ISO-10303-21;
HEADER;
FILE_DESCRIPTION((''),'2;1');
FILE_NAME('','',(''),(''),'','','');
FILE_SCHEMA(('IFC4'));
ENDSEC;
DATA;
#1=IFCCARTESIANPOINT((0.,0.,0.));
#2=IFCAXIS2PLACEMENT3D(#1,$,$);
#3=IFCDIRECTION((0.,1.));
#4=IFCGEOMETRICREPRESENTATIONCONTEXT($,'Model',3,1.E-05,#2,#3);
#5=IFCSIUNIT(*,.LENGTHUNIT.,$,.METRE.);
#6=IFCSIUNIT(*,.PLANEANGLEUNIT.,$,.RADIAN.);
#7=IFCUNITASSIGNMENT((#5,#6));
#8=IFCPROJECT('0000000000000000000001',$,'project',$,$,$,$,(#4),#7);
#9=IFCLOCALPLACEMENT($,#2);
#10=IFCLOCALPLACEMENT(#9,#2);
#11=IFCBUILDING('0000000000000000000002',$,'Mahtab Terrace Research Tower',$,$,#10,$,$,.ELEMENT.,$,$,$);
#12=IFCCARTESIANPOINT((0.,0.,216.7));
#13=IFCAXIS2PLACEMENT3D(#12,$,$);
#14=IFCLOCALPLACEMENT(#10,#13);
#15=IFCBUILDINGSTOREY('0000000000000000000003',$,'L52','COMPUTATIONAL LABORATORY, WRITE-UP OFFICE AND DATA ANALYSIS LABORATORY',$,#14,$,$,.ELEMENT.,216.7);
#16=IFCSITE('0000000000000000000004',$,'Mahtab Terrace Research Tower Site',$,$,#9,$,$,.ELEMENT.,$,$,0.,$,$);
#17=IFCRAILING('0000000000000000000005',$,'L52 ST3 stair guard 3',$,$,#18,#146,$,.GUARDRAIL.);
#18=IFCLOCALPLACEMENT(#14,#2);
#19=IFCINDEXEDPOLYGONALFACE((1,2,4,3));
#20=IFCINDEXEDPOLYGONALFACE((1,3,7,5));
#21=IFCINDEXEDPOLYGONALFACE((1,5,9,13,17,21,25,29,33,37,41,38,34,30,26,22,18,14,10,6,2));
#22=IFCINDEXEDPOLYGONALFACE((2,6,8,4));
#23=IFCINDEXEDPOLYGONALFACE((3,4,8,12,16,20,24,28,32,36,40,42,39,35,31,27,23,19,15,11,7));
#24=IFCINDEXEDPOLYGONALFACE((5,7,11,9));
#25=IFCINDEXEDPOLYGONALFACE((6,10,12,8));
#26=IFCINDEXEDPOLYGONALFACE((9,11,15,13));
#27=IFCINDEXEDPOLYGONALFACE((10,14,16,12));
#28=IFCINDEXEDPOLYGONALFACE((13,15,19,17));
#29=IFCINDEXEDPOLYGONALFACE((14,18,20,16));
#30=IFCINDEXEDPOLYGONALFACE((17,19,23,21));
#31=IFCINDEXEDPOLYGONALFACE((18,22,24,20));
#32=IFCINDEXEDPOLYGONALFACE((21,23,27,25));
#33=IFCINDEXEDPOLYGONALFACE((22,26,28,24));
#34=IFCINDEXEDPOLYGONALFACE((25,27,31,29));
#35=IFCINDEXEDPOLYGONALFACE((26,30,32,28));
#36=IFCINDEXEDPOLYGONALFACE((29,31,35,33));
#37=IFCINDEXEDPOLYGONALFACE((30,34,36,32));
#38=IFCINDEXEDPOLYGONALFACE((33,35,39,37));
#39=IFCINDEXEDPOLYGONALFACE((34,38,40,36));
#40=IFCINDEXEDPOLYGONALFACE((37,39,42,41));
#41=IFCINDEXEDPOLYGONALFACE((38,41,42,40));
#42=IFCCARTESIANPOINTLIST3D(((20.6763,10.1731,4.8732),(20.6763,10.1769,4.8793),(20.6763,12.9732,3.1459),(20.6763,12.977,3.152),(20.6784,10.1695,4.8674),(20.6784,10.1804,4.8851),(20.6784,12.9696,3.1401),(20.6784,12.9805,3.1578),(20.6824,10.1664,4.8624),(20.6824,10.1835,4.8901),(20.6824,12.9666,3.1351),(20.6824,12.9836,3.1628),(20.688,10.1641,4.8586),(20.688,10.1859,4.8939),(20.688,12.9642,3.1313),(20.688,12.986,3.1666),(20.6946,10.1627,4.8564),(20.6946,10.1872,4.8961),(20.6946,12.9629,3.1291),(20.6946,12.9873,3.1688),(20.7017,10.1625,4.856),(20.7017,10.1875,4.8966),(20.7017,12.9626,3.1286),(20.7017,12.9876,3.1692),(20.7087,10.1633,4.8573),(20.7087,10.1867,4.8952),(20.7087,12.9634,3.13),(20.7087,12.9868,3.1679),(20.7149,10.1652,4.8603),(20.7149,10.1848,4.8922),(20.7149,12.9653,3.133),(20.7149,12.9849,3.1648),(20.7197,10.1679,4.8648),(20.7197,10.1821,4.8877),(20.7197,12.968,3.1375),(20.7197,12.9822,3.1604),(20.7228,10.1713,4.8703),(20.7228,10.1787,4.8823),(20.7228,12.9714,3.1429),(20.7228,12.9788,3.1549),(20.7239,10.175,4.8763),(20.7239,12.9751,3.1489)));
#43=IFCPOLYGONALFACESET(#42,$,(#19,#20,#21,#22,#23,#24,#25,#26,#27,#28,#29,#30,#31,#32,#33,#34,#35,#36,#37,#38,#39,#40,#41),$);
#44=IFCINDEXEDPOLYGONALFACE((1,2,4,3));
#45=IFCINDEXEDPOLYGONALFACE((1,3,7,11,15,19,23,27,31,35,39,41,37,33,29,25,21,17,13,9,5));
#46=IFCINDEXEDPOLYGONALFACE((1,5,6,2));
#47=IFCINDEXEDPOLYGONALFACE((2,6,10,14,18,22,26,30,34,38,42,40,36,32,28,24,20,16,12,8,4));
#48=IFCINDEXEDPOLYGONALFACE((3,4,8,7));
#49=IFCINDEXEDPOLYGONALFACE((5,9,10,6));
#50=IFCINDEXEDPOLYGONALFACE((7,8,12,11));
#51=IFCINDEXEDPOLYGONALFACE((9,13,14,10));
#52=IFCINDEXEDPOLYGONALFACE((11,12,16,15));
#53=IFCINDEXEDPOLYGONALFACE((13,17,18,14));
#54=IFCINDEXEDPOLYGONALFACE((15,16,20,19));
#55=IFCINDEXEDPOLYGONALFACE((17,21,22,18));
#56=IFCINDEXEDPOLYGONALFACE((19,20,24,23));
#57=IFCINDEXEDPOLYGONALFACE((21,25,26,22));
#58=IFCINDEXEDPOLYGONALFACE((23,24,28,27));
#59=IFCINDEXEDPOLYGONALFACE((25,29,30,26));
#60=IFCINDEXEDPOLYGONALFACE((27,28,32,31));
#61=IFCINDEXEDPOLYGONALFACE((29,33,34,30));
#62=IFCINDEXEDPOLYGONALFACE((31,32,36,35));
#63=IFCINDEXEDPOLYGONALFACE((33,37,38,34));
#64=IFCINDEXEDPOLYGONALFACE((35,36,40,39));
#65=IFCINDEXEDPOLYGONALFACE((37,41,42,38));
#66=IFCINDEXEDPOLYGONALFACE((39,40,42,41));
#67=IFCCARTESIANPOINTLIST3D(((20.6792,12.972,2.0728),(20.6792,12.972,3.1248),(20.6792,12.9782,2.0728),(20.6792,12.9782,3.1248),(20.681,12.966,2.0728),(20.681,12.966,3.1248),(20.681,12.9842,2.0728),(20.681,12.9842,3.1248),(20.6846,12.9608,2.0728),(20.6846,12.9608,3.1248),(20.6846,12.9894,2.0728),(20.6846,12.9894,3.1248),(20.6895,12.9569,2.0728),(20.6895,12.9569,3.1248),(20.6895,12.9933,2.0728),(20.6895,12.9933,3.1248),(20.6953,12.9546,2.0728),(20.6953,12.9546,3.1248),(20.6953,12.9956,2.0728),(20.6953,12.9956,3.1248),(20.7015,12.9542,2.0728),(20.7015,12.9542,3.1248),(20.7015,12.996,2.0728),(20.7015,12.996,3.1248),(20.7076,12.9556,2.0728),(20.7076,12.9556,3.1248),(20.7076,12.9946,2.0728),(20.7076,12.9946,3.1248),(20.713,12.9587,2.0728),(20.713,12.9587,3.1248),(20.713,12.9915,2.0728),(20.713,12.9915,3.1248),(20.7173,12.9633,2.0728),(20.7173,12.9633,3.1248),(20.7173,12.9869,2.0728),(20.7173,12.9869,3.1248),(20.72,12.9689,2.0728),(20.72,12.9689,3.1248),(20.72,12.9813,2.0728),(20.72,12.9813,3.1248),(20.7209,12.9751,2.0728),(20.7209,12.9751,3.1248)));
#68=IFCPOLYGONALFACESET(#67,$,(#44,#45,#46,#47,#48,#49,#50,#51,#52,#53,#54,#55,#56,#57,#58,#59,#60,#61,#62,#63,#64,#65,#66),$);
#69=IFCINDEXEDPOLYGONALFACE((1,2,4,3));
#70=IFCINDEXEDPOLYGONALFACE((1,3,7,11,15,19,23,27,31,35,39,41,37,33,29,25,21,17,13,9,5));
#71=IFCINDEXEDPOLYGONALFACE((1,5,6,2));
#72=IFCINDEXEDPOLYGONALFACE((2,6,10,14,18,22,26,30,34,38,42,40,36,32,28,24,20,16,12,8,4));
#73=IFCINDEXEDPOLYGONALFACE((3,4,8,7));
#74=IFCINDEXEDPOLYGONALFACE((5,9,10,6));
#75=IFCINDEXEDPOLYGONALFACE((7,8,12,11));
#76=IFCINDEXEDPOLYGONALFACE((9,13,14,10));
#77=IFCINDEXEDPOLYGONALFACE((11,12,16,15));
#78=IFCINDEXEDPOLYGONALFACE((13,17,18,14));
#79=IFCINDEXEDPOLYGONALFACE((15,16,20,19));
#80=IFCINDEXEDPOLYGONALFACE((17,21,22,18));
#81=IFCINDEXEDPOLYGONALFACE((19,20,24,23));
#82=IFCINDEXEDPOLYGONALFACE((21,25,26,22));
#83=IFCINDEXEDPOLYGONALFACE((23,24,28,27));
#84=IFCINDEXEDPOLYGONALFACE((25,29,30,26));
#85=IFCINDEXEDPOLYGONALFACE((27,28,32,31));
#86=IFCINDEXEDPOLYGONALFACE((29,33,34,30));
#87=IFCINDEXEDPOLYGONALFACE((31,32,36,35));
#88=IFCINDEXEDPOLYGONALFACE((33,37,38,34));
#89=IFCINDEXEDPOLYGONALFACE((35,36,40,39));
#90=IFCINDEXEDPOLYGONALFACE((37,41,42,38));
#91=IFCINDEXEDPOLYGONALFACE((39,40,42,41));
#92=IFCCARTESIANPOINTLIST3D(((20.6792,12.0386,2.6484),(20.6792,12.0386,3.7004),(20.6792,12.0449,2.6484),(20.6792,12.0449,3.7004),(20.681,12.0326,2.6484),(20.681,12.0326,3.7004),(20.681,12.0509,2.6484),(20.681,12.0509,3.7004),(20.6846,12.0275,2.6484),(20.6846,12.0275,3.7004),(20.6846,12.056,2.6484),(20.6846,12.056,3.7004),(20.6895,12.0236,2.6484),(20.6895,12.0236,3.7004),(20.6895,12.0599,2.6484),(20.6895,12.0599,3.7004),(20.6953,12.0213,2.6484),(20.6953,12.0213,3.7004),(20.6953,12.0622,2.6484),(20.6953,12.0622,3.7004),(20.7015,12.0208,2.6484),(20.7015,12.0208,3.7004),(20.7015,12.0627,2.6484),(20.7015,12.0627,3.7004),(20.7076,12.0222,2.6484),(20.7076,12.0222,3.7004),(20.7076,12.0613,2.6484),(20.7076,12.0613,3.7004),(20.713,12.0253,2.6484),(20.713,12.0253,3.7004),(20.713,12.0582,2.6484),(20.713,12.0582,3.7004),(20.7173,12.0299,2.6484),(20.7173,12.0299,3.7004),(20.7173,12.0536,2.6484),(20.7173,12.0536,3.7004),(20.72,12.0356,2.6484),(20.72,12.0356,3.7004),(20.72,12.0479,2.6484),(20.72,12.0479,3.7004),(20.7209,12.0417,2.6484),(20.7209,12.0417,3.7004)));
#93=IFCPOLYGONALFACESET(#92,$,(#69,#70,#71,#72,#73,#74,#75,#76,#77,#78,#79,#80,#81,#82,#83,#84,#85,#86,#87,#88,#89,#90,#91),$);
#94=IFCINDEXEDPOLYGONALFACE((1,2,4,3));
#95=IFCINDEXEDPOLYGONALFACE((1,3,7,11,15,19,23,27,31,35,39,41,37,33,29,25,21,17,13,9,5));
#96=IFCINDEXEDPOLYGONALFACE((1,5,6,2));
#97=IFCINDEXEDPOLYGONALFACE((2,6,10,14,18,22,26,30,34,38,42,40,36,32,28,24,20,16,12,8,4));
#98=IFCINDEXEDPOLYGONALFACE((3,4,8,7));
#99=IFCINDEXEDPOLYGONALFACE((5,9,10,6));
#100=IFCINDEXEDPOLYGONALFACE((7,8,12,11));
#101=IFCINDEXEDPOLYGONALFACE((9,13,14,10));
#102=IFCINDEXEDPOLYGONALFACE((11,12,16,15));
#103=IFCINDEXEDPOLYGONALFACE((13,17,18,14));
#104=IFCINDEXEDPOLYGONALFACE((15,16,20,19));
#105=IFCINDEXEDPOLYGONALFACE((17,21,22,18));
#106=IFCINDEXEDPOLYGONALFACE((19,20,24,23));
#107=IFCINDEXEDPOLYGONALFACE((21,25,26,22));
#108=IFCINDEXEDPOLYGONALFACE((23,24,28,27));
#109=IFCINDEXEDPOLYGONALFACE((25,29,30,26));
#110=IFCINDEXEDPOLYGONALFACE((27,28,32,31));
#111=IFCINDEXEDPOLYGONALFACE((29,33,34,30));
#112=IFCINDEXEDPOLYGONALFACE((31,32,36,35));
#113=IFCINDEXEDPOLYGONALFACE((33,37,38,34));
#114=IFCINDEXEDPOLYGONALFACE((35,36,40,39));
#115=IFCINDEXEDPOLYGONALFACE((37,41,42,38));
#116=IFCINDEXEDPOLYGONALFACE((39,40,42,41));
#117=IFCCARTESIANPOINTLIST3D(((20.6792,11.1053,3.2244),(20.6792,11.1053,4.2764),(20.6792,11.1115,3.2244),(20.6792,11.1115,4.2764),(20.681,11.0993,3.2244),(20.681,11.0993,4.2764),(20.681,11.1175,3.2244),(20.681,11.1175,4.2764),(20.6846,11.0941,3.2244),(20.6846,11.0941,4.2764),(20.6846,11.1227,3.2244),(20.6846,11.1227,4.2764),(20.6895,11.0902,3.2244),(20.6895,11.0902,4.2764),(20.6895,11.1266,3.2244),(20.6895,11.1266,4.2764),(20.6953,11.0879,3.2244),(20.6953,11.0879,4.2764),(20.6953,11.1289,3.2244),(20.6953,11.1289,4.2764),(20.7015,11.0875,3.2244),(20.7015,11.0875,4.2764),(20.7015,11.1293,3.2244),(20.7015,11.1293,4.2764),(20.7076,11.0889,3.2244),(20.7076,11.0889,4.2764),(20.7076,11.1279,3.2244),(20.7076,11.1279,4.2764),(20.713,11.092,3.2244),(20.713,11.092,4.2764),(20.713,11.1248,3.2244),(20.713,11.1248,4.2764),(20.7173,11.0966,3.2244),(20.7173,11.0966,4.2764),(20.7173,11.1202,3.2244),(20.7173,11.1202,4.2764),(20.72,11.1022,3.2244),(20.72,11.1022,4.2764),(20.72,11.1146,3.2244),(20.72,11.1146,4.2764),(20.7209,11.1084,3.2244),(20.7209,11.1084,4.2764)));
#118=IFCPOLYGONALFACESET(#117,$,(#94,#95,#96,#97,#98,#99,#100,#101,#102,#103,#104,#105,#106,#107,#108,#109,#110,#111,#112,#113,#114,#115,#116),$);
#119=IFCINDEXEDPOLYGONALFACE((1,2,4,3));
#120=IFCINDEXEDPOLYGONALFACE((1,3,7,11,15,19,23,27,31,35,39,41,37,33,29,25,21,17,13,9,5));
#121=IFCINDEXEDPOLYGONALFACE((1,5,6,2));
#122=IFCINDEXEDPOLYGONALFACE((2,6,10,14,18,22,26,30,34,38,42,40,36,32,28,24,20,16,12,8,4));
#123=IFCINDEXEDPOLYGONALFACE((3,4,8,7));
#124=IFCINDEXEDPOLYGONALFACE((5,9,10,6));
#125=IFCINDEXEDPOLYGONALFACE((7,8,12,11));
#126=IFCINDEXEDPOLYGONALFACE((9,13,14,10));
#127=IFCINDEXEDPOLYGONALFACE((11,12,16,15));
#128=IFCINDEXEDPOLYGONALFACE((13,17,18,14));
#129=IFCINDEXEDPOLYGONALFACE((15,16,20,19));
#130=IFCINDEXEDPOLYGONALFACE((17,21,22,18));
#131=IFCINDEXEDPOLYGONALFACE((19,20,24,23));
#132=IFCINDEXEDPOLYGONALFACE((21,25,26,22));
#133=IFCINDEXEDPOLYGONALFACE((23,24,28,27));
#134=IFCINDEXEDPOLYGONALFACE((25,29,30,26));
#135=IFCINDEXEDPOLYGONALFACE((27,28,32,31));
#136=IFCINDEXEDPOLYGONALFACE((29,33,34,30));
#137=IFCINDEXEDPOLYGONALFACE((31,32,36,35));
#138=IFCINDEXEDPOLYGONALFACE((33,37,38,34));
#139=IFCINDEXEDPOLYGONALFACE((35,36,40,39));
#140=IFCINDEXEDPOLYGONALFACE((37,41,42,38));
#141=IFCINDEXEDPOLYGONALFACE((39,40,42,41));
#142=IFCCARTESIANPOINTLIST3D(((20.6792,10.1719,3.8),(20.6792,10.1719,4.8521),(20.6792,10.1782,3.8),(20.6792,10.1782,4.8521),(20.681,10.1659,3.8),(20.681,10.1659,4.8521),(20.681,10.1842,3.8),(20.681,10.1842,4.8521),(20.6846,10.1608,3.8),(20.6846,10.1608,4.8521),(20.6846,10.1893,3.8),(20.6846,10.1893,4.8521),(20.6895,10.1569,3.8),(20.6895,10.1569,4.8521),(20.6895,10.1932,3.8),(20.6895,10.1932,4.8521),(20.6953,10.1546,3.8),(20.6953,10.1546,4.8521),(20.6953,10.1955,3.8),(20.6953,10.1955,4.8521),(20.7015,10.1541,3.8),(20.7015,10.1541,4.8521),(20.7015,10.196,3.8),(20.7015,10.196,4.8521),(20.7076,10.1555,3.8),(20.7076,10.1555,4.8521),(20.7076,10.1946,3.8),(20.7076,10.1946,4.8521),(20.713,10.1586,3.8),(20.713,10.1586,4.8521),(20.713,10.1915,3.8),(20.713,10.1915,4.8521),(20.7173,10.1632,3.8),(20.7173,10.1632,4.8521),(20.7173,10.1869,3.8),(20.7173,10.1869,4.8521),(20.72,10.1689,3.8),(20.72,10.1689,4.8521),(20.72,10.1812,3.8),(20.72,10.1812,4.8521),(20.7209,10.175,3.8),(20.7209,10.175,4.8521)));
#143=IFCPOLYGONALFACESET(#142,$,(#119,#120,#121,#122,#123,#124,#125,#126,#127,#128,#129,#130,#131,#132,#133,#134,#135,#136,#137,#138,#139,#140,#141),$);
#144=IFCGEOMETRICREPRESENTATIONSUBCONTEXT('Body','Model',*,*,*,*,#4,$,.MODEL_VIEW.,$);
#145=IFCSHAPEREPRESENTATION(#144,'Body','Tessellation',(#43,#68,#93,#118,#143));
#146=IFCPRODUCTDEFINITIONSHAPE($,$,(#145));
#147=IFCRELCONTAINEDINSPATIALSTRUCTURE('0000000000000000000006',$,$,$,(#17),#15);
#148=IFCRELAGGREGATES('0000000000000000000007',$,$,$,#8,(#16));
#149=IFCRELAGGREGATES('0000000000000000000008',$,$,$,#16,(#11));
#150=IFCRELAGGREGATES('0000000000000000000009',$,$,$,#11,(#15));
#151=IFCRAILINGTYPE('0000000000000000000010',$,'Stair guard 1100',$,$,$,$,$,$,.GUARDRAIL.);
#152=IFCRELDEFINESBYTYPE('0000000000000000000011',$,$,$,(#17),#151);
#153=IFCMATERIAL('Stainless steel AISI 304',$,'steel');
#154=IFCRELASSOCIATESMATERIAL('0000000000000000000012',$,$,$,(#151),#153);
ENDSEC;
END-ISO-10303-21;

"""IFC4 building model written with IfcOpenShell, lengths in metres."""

from ifc_helpers import new_model, si_unit, direction, frame, origin, origin_2d, place, context, subcontext, project, spatial, circle, extrude, material, type_object, element, save


model = new_model("IFC4")

# Units and contexts
model_context = context("Model", 3, precision=1e-05, world=origin(), true_north=direction((0.0, 1.0)))
body_context = subcontext(model_context, "Body", "Model", "MODEL_VIEW")
ifc_project = project(units=[si_unit("LENGTHUNIT", "METRE"), si_unit("PLANEANGLEUNIT", "RADIAN")], contexts=[model_context])

# Site, building, storey
site_placement = place(None, origin())
site = spatial("IfcSite", under=ifc_project, at=site_placement, Name="Mahtab Terrace Research Tower Site", CompositionType="ELEMENT", RefElevation=0.0)
building_placement = place(site_placement, origin())
building = spatial("IfcBuilding", under=site, at=building_placement, Name="Mahtab Terrace Research Tower", CompositionType="ELEMENT")
storey_placement = place(building_placement, frame((0.0, 0.0, 216.7)))
storey = spatial("IfcBuildingStorey", under=building, at=storey_placement, Name="L52", Description="COMPUTATIONAL LABORATORY, WRITE-UP OFFICE AND DATA ANALYSIS LABORATORY", CompositionType="ELEMENT", Elevation=216.7)

# Railing
ifc_material_1 = material(Name="Stainless steel AISI 304", Category="steel")
railing_type_1 = type_object("IfcRailingType", Name="Stair guard 1100", PredefinedType="GUARDRAIL", material=ifc_material_1)
railing_1_placement = place(storey_placement, frame((20.7, 12.9751, 2.0728)))
element("IfcRailing", 1, at=railing_1_placement, inside=storey, type_object=railing_type_1, Name="L52 ST3 stair guard 3", PredefinedType="GUARDRAIL", context=body_context, shape_type="SweptSolid", body=[
    extrude(circle(Radius=0.0239, at=origin_2d()), frame((0.0, 0.0, 1.0762), z_axis=(0.0, -0.85109, 0.52502), x_axis=(1.0, 0.0, 0.0)), (0.0, 0.0, 1.0), 3.29),
    extrude(circle(Radius=0.021, at=origin_2d()), origin(), (0.0, 0.0, 1.0), 1.052),
    extrude(circle(Radius=0.021, at=origin_2d()), frame((0.0, -0.9333, 0.5757)), (0.0, 0.0, 1.0), 1.052),
    extrude(circle(Radius=0.021, at=origin_2d()), frame((0.0, -1.8667, 1.1516)), (0.0, 0.0, 1.0), 1.052),
    extrude(circle(Radius=0.021, at=origin_2d()), frame((0.0, -2.8, 1.7273)), (0.0, 0.0, 1.0), 1.052),
])

save(model, "model.ifc")
